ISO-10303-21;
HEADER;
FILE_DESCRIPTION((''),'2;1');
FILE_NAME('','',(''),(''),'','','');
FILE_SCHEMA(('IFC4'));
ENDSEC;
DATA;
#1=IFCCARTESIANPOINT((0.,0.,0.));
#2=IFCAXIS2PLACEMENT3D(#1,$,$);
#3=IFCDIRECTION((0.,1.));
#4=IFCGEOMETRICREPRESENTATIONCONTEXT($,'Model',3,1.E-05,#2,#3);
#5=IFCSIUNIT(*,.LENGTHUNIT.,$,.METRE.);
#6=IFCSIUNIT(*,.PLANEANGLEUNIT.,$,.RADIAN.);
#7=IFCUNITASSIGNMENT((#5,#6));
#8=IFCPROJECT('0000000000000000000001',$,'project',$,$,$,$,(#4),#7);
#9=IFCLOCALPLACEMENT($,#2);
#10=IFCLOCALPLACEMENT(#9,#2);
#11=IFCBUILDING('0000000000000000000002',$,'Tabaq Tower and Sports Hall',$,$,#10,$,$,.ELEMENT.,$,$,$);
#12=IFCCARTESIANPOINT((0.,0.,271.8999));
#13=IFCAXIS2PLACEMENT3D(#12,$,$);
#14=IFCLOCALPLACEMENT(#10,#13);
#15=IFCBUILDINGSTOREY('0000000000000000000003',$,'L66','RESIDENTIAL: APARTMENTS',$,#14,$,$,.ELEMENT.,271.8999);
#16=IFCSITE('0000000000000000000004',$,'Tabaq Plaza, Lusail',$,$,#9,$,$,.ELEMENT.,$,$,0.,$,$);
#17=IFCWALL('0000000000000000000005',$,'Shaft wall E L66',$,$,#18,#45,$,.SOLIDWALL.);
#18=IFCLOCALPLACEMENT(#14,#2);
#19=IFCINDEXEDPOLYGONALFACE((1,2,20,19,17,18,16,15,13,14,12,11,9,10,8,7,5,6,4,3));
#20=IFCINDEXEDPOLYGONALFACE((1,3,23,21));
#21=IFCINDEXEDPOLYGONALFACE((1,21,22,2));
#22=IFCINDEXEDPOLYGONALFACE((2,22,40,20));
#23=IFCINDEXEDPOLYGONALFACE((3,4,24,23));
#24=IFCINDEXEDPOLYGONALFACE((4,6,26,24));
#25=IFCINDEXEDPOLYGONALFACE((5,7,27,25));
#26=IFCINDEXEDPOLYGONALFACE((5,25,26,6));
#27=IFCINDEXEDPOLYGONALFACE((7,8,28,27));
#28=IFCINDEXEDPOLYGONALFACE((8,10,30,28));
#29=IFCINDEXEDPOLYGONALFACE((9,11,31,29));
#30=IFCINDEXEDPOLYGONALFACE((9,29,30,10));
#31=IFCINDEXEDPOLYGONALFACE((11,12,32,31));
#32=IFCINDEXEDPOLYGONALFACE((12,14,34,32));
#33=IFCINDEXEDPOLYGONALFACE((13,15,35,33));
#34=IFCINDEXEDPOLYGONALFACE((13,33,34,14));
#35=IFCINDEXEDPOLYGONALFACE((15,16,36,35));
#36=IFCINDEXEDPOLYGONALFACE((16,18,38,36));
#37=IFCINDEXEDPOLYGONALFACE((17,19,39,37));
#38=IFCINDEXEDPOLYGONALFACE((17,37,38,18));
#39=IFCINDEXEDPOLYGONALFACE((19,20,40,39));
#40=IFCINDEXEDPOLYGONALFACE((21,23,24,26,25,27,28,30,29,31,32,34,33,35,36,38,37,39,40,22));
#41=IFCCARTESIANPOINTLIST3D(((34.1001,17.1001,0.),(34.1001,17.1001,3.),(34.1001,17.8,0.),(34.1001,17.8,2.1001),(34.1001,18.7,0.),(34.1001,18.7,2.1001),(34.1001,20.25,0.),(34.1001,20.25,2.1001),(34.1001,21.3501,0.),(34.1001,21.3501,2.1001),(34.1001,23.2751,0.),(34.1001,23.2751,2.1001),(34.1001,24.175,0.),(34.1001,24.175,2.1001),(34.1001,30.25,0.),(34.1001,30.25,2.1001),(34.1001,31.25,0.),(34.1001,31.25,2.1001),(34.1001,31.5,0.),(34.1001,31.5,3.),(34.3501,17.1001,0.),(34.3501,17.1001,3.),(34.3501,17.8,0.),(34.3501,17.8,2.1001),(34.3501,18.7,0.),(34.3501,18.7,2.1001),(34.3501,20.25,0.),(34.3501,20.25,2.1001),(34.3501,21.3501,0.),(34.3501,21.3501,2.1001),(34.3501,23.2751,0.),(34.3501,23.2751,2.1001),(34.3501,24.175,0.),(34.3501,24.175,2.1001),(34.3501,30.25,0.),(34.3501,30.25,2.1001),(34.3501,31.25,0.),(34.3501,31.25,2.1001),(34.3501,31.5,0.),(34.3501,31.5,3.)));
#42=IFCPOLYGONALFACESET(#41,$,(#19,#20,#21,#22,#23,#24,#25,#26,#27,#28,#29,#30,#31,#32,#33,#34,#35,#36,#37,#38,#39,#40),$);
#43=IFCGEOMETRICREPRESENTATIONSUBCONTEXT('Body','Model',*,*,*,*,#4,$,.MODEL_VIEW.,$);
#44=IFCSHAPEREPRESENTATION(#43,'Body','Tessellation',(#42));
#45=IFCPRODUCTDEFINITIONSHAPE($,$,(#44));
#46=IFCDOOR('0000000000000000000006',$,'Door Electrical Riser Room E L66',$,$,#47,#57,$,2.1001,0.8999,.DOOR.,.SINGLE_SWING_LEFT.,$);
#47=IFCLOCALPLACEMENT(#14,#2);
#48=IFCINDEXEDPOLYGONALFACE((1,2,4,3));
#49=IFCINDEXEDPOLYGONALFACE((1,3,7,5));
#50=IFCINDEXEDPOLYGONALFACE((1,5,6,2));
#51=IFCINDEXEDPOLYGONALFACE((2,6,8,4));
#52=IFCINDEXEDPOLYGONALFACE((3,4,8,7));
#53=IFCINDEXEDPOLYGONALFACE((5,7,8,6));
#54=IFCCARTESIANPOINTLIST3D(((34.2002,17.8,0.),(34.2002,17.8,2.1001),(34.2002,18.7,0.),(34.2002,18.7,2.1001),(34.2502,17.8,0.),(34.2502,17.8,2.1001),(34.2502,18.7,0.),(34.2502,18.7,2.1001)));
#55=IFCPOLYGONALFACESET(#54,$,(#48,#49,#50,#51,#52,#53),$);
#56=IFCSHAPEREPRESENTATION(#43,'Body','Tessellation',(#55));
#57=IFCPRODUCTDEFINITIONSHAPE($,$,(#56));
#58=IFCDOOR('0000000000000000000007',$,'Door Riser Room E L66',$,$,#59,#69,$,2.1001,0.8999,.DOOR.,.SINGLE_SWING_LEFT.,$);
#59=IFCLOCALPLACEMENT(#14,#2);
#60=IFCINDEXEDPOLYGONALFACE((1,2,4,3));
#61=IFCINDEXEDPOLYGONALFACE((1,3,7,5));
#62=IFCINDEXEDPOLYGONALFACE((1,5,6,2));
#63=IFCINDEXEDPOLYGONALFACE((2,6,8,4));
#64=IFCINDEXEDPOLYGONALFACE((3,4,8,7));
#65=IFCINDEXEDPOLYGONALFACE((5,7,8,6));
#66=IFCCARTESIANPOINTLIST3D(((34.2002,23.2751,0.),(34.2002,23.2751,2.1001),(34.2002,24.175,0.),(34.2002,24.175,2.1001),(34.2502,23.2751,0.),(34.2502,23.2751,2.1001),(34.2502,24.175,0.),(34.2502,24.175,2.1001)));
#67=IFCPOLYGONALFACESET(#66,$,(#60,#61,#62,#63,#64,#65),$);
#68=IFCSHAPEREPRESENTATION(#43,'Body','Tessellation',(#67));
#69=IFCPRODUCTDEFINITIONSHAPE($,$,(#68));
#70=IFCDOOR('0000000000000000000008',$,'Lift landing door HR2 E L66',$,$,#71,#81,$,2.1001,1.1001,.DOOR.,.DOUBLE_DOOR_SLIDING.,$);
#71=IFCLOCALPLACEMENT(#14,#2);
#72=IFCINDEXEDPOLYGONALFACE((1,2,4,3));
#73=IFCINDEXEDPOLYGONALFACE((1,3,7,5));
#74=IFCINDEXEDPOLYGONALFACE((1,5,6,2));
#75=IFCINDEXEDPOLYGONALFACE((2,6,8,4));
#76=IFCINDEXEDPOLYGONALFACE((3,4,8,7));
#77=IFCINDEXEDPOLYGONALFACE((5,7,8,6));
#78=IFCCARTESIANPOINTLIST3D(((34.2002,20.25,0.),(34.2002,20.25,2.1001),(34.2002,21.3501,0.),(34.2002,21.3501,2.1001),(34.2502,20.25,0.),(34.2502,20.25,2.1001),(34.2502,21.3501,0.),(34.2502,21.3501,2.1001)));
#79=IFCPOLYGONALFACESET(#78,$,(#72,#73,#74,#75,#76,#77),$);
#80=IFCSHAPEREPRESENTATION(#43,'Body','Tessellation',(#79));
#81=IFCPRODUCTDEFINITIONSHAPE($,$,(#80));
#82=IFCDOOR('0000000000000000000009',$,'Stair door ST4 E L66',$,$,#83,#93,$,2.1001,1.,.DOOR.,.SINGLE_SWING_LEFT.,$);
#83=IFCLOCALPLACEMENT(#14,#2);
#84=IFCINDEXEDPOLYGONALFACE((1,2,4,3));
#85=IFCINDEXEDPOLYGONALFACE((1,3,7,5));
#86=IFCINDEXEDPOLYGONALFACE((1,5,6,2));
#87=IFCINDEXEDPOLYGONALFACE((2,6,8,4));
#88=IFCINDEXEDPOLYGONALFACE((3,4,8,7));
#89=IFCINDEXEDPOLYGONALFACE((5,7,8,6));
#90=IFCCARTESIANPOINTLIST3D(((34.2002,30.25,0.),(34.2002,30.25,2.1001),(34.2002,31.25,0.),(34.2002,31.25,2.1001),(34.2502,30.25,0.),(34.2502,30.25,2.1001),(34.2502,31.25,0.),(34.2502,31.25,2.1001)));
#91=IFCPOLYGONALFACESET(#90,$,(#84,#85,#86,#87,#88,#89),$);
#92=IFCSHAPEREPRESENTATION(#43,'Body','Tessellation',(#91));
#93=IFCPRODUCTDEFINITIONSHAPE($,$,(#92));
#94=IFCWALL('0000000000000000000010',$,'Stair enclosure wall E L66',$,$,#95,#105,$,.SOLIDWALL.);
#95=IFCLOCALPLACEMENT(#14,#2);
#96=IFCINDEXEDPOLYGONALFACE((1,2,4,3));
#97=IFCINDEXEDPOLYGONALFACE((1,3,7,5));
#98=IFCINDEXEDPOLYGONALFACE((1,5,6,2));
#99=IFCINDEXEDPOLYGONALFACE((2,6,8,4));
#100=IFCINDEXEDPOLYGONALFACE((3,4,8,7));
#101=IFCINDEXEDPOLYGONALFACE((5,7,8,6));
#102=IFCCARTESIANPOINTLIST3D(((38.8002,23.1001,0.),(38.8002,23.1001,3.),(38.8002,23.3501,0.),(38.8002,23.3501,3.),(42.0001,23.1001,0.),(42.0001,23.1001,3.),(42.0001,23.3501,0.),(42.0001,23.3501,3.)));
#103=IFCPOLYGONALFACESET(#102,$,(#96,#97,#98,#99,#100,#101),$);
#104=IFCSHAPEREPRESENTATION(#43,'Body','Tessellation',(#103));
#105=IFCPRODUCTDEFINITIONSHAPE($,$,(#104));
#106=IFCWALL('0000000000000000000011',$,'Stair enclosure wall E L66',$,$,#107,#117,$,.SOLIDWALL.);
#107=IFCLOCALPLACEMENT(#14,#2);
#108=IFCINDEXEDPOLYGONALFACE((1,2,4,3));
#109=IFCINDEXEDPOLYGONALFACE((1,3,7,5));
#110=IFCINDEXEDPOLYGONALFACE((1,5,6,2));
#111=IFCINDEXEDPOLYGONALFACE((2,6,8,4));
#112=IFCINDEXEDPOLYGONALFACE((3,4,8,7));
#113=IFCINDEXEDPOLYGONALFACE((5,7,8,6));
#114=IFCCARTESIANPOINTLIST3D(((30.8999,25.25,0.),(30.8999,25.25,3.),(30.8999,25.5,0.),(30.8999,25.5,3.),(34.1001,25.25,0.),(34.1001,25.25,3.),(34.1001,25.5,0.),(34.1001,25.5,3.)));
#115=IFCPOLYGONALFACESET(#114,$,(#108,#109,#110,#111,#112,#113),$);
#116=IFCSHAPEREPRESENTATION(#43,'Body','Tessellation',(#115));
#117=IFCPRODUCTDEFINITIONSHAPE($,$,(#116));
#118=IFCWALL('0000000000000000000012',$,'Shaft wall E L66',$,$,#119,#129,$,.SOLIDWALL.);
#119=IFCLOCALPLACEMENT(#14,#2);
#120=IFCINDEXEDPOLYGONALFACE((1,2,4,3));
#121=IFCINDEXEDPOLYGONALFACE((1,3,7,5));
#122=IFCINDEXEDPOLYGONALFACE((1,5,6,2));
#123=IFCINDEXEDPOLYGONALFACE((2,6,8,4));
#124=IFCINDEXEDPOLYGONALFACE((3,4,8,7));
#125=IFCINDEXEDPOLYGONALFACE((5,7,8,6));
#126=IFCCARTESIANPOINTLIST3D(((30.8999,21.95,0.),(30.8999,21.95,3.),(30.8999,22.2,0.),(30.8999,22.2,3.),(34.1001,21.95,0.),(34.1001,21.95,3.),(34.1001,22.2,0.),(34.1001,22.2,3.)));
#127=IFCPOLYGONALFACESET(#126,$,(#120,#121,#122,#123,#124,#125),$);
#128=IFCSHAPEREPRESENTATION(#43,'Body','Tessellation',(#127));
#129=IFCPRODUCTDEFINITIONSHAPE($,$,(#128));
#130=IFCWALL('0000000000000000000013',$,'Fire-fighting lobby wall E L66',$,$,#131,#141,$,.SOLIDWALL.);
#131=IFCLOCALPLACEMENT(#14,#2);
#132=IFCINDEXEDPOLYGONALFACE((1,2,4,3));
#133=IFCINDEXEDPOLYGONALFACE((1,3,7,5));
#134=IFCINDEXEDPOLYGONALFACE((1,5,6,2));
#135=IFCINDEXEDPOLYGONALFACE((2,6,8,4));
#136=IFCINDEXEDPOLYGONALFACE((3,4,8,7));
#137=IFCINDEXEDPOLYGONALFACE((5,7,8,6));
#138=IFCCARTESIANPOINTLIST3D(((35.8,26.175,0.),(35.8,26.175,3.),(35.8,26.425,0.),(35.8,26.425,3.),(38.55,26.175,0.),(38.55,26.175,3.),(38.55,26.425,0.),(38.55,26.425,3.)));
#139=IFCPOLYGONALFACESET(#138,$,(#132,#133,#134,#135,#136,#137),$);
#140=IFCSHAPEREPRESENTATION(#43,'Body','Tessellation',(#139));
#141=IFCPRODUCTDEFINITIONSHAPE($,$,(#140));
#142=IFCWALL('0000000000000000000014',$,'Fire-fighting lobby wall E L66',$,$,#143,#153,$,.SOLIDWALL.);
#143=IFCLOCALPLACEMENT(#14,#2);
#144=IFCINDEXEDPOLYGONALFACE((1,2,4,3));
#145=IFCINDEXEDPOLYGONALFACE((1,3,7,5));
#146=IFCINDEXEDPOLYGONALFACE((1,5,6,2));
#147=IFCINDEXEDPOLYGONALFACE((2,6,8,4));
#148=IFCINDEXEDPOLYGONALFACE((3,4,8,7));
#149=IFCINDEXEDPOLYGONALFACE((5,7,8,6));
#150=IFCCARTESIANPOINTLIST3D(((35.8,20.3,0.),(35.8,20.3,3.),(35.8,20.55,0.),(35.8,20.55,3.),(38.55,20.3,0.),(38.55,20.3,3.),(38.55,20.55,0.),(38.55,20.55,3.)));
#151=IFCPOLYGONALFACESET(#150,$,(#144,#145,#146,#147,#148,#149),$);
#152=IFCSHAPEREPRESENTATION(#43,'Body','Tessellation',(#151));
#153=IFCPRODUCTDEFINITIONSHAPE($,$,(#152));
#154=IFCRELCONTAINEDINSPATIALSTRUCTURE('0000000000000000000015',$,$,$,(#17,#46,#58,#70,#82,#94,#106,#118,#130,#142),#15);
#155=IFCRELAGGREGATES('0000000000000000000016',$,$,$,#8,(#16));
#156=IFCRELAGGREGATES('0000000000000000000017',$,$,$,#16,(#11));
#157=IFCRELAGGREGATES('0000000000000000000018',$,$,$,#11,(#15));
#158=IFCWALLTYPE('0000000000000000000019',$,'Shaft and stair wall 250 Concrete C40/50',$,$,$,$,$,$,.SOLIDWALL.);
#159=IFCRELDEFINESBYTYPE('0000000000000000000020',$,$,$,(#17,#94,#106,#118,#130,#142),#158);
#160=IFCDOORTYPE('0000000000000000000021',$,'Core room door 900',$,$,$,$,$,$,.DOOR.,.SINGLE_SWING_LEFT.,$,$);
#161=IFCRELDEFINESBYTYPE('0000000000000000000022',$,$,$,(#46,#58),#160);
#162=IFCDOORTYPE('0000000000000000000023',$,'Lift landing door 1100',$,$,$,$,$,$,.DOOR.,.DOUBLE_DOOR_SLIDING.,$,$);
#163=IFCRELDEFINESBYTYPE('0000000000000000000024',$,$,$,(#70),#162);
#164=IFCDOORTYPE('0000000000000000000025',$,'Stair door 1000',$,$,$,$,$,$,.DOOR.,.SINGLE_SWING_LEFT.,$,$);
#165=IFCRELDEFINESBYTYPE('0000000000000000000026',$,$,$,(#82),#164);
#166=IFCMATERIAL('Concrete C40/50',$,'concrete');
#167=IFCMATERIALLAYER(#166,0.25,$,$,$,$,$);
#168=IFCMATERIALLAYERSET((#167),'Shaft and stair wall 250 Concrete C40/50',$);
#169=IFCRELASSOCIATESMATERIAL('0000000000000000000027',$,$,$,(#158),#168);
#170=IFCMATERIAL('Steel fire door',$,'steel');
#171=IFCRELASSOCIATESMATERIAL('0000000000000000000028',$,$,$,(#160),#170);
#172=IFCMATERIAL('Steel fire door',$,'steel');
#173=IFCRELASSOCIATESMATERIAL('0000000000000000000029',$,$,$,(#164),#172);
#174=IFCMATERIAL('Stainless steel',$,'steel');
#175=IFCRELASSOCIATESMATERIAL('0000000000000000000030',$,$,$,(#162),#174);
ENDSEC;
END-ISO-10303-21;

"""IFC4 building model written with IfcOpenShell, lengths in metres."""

from ifc_helpers import new_model, si_unit, direction, frame, frame_2d, origin, place, context, subcontext, project, spatial, rectangle, extrude, material, layer, layer_set, type_object, element, fill, save


model = new_model("IFC4")

# Units and contexts
model_context = context("Model", 3, precision=1e-05, world=origin(), true_north=direction((0.0, 1.0)))
body_context = subcontext(model_context, "Body", "Model", "MODEL_VIEW")
ifc_project = project(units=[si_unit("LENGTHUNIT", "METRE"), si_unit("PLANEANGLEUNIT", "RADIAN")], contexts=[model_context])

# Site, building, storey
site_placement = place(None, origin())
site = spatial("IfcSite", under=ifc_project, at=site_placement, Name="Tabaq Plaza, Lusail", CompositionType="ELEMENT", RefElevation=0.0)
building_placement = place(site_placement, origin())
building = spatial("IfcBuilding", under=site, at=building_placement, Name="Tabaq Tower and Sports Hall", CompositionType="ELEMENT")
storey_placement = place(building_placement, frame((0.0, 0.0, 271.8999)))
storey = spatial("IfcBuildingStorey", under=building, at=storey_placement, Name="L66", Description="RESIDENTIAL: APARTMENTS", CompositionType="ELEMENT", Elevation=271.8999)

# Wall, openings, doors
ifc_material_1 = material(Name="Concrete C40/50", Category="concrete")
ifc_layer = layer(ifc_material_1, 0.25)
ifc_layer_set = layer_set([ifc_layer], Name="Shaft and stair wall 250 Concrete C40/50")
wall_type = type_object("IfcWallType", Name="Shaft and stair wall 250 Concrete C40/50", PredefinedType="SOLIDWALL", material=ifc_layer_set)
ifc_material_2 = material(Name="Steel fire door", Category="steel")
door_type_1 = type_object("IfcDoorType", Name="Core room door 900", OperationType="SINGLE_SWING_LEFT", PredefinedType="DOOR", material=ifc_material_2)
ifc_material_3 = material(Name="Steel fire door", Category="steel")
door_type_2 = type_object("IfcDoorType", Name="Stair door 1000", OperationType="SINGLE_SWING_LEFT", PredefinedType="DOOR", material=ifc_material_3)
wall_1_placement = place(storey_placement, frame((34.2251, 17.1001, 0.0), z_axis=(0.0, 0.0, 1.0), x_axis=(0.0, 1.0, 0.0)))
wall_1 = element("IfcWall", 1, at=wall_1_placement, inside=storey, type_object=wall_type, Name="Shaft wall E L66", PredefinedType="SOLIDWALL", context=body_context, shape_type="SweptSolid", body=[
    extrude(rectangle(XDim=14.3999, YDim=0.25, at=frame_2d((7.2, 0.0))), origin(), (0.0, 0.0, 1.0), 3.0),
])
opening_1_placement = place(wall_1_placement, frame((13.1499, 0.0, 0.0)))
opening_1 = element("IfcOpeningElement", 2, at=opening_1_placement, cuts=wall_1, PredefinedType="OPENING", context=body_context, shape_type="SweptSolid", body=[
    extrude(rectangle(XDim=1.0, YDim=2.1001, at=frame_2d((0.5, 1.05))), frame((0.0, 0.125, 0.0), z_axis=(0.0, -1.0, 0.0), x_axis=(1.0, 0.0, 0.0)), (0.0, 0.0, 1.0), 0.25),
])
opening_2_placement = place(wall_1_placement, frame((3.1499, 0.0, 0.0)))
opening_2 = element("IfcOpeningElement", 3, at=opening_2_placement, cuts=wall_1, PredefinedType="OPENING", context=body_context, shape_type="SweptSolid", body=[
    extrude(rectangle(XDim=1.1001, YDim=2.1001, at=frame_2d((0.55, 1.05))), frame((0.0, 0.125, 0.0), z_axis=(0.0, -1.0, 0.0), x_axis=(1.0, 0.0, 0.0)), (0.0, 0.0, 1.0), 0.25),
])
opening_3_placement = place(wall_1_placement, frame((0.7, 0.0, 0.0)))
opening_3 = element("IfcOpeningElement", 4, at=opening_3_placement, cuts=wall_1, PredefinedType="OPENING", context=body_context, shape_type="SweptSolid", body=[
    extrude(rectangle(XDim=0.8999, YDim=2.1001, at=frame_2d((0.45, 1.05))), frame((0.0, 0.125, 0.0), z_axis=(0.0, -1.0, 0.0), x_axis=(1.0, 0.0, 0.0)), (0.0, 0.0, 1.0), 0.25),
])
opening_4_placement = place(wall_1_placement, frame((6.175, 0.0, 0.0)))
opening_4 = element("IfcOpeningElement", 5, at=opening_4_placement, cuts=wall_1, PredefinedType="OPENING", context=body_context, shape_type="SweptSolid", body=[
    extrude(rectangle(XDim=0.8999, YDim=2.1001, at=frame_2d((0.45, 1.05))), frame((0.0, 0.125, 0.0), z_axis=(0.0, -1.0, 0.0), x_axis=(1.0, 0.0, 0.0)), (0.0, 0.0, 1.0), 0.25),
])
door_1_placement = place(opening_3_placement, origin())
door_1 = element("IfcDoor", 6, at=door_1_placement, inside=storey, type_object=door_type_1, Name="Door Electrical Riser Room E L66", OperationType="SINGLE_SWING_LEFT", OverallHeight=2.1001, OverallWidth=0.8999, PredefinedType="DOOR", context=body_context, shape_type="SweptSolid", body=[
    extrude(rectangle(XDim=0.8999, YDim=2.1001, at=frame_2d((0.45, 1.05))), frame((0.0, 0.0249, 0.0), z_axis=(0.0, -1.0, 0.0), x_axis=(1.0, 0.0, 0.0)), (0.0, 0.0, 1.0), 0.05),
])
fill(opening_3, door_1)
door_2_placement = place(opening_4_placement, origin())
door_2 = element("IfcDoor", 7, at=door_2_placement, inside=storey, type_object=door_type_1, Name="Door Riser Room E L66", OperationType="SINGLE_SWING_LEFT", OverallHeight=2.1001, OverallWidth=0.8999, PredefinedType="DOOR", context=body_context, shape_type="SweptSolid", body=[
    extrude(rectangle(XDim=0.8999, YDim=2.1001, at=frame_2d((0.45, 1.05))), frame((0.0, 0.0249, 0.0), z_axis=(0.0, -1.0, 0.0), x_axis=(1.0, 0.0, 0.0)), (0.0, 0.0, 1.0), 0.05),
])
fill(opening_4, door_2)
ifc_material_4 = material(Name="Stainless steel", Category="steel")
door_type_3 = type_object("IfcDoorType", Name="Lift landing door 1100", OperationType="DOUBLE_DOOR_SLIDING", PredefinedType="DOOR", material=ifc_material_4)
door_3_placement = place(opening_2_placement, origin())
door_3 = element("IfcDoor", 8, at=door_3_placement, inside=storey, type_object=door_type_3, Name="Lift landing door HR2 E L66", OperationType="DOUBLE_DOOR_SLIDING", OverallHeight=2.1001, OverallWidth=1.1001, PredefinedType="DOOR", context=body_context, shape_type="SweptSolid", body=[
    extrude(rectangle(XDim=1.1001, YDim=2.1001, at=frame_2d((0.55, 1.05))), frame((0.0, 0.0249, 0.0), z_axis=(0.0, -1.0, 0.0), x_axis=(1.0, 0.0, 0.0)), (0.0, 0.0, 1.0), 0.05),
])
fill(opening_2, door_3)
door_4_placement = place(opening_1_placement, origin())
door_4 = element("IfcDoor", 9, at=door_4_placement, inside=storey, type_object=door_type_2, Name="Stair door ST4 E L66", OperationType="SINGLE_SWING_LEFT", OverallHeight=2.1001, OverallWidth=1.0, PredefinedType="DOOR", context=body_context, shape_type="SweptSolid", body=[
    extrude(rectangle(XDim=1.0, YDim=2.1001, at=frame_2d((0.5, 1.05))), frame((0.0, 0.0249, 0.0), z_axis=(0.0, -1.0, 0.0), x_axis=(1.0, 0.0, 0.0)), (0.0, 0.0, 1.0), 0.05),
])
fill(opening_1, door_4)

# Walls
wall_2_placement = place(storey_placement, frame((38.8, 23.2251, 0.0), z_axis=(0.0, 0.0, 1.0), x_axis=(1.0, 0.0, 0.0)))
element("IfcWall", 10, at=wall_2_placement, inside=storey, type_object=wall_type, Name="Stair enclosure wall E L66", PredefinedType="SOLIDWALL", context=body_context, shape_type="SweptSolid", body=[
    extrude(rectangle(XDim=3.2, YDim=0.25, at=frame_2d((1.6001, 0.0))), origin(), (0.0, 0.0, 1.0), 3.0),
])
for number, where, z_axis, x_axis, name in (
    (11, (30.8999, 25.375, 0.0), (0.0, 0.0, 1.0), (1.0, 0.0, 0.0), "Stair enclosure wall E L66"),
    (12, (30.8999, 22.075, 0.0), (0.0, 0.0, 1.0), (1.0, 0.0, 0.0), "Shaft wall E L66"),
):
    element("IfcWall", number, at=place(storey_placement, frame(where, z_axis=z_axis, x_axis=x_axis)), inside=storey, type_object=wall_type, Name=name, PredefinedType="SOLIDWALL", context=body_context, shape_type="SweptSolid", body=[
        extrude(rectangle(XDim=3.2002, YDim=0.25, at=frame_2d((1.6001, 0.0))), origin(), (0.0, 0.0, 1.0), 3.0),
    ])
for number, where, z_axis, x_axis, name in (
    (13, (35.8, 26.3, 0.0), (0.0, 0.0, 1.0), (1.0, 0.0, 0.0), "Fire-fighting lobby wall E L66"),
    (14, (35.8, 20.425, 0.0), (0.0, 0.0, 1.0), (1.0, 0.0, 0.0), "Fire-fighting lobby wall E L66"),
):
    element("IfcWall", number, at=place(storey_placement, frame(where, z_axis=z_axis, x_axis=x_axis)), inside=storey, type_object=wall_type, Name=name, PredefinedType="SOLIDWALL", context=body_context, shape_type="SweptSolid", body=[
        extrude(rectangle(XDim=2.75, YDim=0.25, at=frame_2d((1.375, 0.0))), origin(), (0.0, 0.0, 1.0), 3.0),
    ])

save(model, "model.ifc")
